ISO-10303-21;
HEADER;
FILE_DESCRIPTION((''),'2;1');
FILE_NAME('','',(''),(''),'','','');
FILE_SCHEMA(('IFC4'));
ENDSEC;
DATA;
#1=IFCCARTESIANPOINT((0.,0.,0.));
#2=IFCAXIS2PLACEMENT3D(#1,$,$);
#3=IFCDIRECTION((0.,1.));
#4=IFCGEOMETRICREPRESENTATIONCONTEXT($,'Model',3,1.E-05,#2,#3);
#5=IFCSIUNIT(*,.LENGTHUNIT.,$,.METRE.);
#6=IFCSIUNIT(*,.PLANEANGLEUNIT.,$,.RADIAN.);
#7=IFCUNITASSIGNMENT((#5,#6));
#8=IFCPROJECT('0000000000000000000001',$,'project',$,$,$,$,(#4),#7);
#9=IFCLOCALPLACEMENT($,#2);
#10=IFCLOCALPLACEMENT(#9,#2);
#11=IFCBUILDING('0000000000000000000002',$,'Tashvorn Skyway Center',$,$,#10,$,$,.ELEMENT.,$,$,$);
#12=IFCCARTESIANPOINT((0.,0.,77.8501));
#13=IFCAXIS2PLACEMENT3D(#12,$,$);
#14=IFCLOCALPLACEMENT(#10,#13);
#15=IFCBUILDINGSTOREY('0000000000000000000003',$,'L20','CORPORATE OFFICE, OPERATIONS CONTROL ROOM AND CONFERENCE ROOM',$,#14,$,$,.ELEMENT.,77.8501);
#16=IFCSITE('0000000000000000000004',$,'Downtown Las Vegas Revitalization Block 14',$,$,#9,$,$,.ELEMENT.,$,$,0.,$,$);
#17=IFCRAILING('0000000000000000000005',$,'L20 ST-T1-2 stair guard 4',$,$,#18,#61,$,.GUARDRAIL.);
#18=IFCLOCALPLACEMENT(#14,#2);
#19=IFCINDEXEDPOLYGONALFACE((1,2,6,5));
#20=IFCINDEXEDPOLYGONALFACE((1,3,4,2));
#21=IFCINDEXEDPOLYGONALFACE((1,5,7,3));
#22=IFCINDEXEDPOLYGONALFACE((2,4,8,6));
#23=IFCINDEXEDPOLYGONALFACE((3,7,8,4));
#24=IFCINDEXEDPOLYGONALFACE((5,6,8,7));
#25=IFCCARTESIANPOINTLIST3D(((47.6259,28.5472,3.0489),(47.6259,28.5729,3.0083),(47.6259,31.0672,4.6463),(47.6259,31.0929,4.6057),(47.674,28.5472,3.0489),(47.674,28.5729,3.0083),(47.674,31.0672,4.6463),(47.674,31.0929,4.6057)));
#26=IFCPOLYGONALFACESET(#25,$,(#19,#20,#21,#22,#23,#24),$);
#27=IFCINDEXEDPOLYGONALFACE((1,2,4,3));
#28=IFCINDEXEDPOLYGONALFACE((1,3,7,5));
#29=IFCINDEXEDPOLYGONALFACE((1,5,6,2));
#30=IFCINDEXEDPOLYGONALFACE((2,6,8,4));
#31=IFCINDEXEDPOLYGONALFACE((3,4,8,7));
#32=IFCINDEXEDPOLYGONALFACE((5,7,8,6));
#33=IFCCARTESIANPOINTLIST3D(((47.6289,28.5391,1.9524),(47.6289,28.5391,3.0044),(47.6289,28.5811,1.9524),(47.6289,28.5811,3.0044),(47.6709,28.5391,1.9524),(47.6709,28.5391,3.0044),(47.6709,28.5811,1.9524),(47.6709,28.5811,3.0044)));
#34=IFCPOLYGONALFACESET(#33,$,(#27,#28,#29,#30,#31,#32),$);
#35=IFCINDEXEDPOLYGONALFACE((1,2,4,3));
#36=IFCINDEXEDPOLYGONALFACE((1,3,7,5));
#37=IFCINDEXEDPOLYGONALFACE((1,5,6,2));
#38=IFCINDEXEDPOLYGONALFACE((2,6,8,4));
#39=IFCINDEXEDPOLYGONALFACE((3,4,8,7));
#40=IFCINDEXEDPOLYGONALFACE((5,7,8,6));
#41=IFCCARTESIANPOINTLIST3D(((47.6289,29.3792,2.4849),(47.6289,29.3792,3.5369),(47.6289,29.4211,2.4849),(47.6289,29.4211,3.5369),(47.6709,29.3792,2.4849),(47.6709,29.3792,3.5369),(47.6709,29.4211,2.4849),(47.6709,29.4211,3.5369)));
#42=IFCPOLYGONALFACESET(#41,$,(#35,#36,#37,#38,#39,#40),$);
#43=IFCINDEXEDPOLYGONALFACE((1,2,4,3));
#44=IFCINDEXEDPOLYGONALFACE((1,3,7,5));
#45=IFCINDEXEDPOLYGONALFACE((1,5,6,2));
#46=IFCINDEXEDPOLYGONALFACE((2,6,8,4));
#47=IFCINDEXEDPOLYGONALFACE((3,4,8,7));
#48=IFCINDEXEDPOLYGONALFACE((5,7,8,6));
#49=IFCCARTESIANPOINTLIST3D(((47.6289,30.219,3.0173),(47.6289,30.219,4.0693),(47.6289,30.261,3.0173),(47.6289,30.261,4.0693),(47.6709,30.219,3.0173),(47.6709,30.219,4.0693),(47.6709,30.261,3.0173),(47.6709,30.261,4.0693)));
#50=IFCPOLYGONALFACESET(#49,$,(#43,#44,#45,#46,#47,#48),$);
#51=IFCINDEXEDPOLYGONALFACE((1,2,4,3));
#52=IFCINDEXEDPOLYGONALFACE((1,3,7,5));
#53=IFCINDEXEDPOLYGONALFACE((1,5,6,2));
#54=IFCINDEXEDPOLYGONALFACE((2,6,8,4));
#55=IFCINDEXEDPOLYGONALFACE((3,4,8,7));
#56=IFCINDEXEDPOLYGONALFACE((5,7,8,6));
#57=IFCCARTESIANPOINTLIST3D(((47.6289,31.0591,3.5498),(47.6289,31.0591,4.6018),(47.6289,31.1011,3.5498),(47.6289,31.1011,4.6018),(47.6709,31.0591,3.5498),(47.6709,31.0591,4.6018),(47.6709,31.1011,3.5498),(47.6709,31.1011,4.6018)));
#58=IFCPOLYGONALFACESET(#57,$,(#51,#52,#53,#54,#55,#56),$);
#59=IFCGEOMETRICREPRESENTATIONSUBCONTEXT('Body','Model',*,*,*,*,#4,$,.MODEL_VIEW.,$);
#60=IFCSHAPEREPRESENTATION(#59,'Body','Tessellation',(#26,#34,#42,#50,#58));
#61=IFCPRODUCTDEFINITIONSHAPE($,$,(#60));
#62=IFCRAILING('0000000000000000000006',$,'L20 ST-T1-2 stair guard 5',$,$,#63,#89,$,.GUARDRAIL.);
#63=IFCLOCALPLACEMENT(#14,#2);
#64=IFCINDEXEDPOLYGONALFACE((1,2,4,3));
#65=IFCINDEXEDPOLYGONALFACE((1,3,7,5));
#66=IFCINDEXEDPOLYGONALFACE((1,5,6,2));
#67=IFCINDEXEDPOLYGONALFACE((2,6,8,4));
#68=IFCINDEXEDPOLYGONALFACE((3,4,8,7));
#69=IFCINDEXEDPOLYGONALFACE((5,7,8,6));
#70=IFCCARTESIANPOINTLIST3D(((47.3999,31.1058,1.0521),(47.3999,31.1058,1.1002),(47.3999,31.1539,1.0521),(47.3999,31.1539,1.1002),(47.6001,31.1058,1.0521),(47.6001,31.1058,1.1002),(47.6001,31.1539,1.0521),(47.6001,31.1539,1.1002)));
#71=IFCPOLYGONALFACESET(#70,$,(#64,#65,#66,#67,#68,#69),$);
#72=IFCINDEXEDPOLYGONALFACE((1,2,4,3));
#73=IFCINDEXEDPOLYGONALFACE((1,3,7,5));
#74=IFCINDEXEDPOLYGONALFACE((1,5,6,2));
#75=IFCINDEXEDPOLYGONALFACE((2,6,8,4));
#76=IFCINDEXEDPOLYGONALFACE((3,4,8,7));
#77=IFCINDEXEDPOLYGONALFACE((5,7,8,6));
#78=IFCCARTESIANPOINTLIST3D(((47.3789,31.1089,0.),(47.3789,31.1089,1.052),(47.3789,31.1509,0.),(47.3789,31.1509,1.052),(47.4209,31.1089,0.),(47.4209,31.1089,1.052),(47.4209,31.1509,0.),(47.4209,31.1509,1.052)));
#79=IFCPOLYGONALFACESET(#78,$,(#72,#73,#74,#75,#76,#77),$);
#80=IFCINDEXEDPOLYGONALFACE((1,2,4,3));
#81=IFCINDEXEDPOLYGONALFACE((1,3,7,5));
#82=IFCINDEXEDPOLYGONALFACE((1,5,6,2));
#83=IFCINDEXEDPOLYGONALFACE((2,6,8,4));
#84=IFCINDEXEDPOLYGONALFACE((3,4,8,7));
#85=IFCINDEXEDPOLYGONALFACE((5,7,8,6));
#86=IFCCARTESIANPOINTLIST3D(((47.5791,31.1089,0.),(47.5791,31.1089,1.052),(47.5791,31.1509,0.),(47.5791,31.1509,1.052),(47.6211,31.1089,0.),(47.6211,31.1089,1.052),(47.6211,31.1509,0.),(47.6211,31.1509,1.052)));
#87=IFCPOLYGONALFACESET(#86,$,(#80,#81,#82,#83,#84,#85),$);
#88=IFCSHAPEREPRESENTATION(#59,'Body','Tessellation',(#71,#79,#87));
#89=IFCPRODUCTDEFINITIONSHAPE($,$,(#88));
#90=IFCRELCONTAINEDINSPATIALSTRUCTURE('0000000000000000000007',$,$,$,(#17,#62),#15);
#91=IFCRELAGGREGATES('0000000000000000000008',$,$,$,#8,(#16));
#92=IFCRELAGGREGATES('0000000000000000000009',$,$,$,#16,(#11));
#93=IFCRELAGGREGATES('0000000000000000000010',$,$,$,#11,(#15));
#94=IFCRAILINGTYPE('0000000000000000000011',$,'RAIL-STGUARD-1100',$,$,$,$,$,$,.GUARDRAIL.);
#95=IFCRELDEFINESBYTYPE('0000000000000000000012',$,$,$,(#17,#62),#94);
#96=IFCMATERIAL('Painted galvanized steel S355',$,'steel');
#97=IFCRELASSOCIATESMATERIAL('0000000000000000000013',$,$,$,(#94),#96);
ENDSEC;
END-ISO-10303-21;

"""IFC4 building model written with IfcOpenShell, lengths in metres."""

from ifc_helpers import new_model, si_unit, direction, frame, origin, origin_2d, place, context, subcontext, project, spatial, rectangle, extrude, material, type_object, element, save


model = new_model("IFC4")

# Units and contexts
model_context = context("Model", 3, precision=1e-05, world=origin(), true_north=direction((0.0, 1.0)))
body_context = subcontext(model_context, "Body", "Model", "MODEL_VIEW")
ifc_project = project(units=[si_unit("LENGTHUNIT", "METRE"), si_unit("PLANEANGLEUNIT", "RADIAN")], contexts=[model_context])

# Site, building, storey
site_placement = place(None, origin())
site = spatial("IfcSite", under=ifc_project, at=site_placement, Name="Downtown Las Vegas Revitalization Block 14", CompositionType="ELEMENT", RefElevation=0.0)
building_placement = place(site_placement, origin())
building = spatial("IfcBuilding", under=site, at=building_placement, Name="Tashvorn Skyway Center", CompositionType="ELEMENT")
storey_placement = place(building_placement, frame((0.0, 0.0, 77.8501)))
storey = spatial("IfcBuildingStorey", under=building, at=storey_placement, Name="L20", Description="CORPORATE OFFICE, OPERATIONS CONTROL ROOM AND CONFERENCE ROOM", CompositionType="ELEMENT", Elevation=77.8501)

# Railings
ifc_material_1 = material(Name="Painted galvanized steel S355", Category="steel")
railing_type_1 = type_object("IfcRailingType", Name="RAIL-STGUARD-1100", PredefinedType="GUARDRAIL", material=ifc_material_1)
railing_1_placement = place(storey_placement, frame((47.6499, 28.5601, 1.9524)))
element("IfcRailing", 1, at=railing_1_placement, inside=storey, type_object=railing_type_1, Name="L20 ST-T1-2 stair guard 4", PredefinedType="GUARDRAIL", context=body_context, shape_type="SweptSolid", body=[
    extrude(rectangle(XDim=0.0481, YDim=0.0481, at=origin_2d()), frame((0.0, 0.0, 1.0762), z_axis=(0.0, 0.844607, 0.535387), x_axis=(-1.0, 0.0, 0.0)), (0.0, 0.0, 1.0), 2.9836),
    extrude(rectangle(XDim=0.042, YDim=0.042, at=origin_2d()), origin(), (0.0, 0.0, 1.0), 1.052),
    extrude(rectangle(XDim=0.042, YDim=0.042, at=origin_2d()), frame((0.0, 0.8401, 0.5325)), (0.0, 0.0, 1.0), 1.052),
    extrude(rectangle(XDim=0.042, YDim=0.042, at=origin_2d()), frame((0.0, 1.6799, 1.0649)), (0.0, 0.0, 1.0), 1.052),
    extrude(rectangle(XDim=0.042, YDim=0.042, at=origin_2d()), frame((0.0, 2.52, 1.5974)), (0.0, 0.0, 1.0), 1.052),
])
railing_2_placement = place(storey_placement, frame((47.3999, 31.1299, 0.0)))
element("IfcRailing", 2, at=railing_2_placement, inside=storey, type_object=railing_type_1, Name="L20 ST-T1-2 stair guard 5", PredefinedType="GUARDRAIL", context=body_context, shape_type="SweptSolid", body=[
    extrude(rectangle(XDim=0.0481, YDim=0.0481, at=origin_2d()), frame((0.0, 0.0, 1.0762), z_axis=(1.0, 0.0, 0.0), x_axis=(0.0, 1.0, 0.0)), (0.0, 0.0, 1.0), 0.2002),
    extrude(rectangle(XDim=0.042, YDim=0.042, at=origin_2d()), origin(), (0.0, 0.0, 1.0), 1.052),
    extrude(rectangle(XDim=0.042, YDim=0.042, at=origin_2d()), frame((0.2002, 0.0, 0.0)), (0.0, 0.0, 1.0), 1.052),
])

save(model, "model.ifc")
